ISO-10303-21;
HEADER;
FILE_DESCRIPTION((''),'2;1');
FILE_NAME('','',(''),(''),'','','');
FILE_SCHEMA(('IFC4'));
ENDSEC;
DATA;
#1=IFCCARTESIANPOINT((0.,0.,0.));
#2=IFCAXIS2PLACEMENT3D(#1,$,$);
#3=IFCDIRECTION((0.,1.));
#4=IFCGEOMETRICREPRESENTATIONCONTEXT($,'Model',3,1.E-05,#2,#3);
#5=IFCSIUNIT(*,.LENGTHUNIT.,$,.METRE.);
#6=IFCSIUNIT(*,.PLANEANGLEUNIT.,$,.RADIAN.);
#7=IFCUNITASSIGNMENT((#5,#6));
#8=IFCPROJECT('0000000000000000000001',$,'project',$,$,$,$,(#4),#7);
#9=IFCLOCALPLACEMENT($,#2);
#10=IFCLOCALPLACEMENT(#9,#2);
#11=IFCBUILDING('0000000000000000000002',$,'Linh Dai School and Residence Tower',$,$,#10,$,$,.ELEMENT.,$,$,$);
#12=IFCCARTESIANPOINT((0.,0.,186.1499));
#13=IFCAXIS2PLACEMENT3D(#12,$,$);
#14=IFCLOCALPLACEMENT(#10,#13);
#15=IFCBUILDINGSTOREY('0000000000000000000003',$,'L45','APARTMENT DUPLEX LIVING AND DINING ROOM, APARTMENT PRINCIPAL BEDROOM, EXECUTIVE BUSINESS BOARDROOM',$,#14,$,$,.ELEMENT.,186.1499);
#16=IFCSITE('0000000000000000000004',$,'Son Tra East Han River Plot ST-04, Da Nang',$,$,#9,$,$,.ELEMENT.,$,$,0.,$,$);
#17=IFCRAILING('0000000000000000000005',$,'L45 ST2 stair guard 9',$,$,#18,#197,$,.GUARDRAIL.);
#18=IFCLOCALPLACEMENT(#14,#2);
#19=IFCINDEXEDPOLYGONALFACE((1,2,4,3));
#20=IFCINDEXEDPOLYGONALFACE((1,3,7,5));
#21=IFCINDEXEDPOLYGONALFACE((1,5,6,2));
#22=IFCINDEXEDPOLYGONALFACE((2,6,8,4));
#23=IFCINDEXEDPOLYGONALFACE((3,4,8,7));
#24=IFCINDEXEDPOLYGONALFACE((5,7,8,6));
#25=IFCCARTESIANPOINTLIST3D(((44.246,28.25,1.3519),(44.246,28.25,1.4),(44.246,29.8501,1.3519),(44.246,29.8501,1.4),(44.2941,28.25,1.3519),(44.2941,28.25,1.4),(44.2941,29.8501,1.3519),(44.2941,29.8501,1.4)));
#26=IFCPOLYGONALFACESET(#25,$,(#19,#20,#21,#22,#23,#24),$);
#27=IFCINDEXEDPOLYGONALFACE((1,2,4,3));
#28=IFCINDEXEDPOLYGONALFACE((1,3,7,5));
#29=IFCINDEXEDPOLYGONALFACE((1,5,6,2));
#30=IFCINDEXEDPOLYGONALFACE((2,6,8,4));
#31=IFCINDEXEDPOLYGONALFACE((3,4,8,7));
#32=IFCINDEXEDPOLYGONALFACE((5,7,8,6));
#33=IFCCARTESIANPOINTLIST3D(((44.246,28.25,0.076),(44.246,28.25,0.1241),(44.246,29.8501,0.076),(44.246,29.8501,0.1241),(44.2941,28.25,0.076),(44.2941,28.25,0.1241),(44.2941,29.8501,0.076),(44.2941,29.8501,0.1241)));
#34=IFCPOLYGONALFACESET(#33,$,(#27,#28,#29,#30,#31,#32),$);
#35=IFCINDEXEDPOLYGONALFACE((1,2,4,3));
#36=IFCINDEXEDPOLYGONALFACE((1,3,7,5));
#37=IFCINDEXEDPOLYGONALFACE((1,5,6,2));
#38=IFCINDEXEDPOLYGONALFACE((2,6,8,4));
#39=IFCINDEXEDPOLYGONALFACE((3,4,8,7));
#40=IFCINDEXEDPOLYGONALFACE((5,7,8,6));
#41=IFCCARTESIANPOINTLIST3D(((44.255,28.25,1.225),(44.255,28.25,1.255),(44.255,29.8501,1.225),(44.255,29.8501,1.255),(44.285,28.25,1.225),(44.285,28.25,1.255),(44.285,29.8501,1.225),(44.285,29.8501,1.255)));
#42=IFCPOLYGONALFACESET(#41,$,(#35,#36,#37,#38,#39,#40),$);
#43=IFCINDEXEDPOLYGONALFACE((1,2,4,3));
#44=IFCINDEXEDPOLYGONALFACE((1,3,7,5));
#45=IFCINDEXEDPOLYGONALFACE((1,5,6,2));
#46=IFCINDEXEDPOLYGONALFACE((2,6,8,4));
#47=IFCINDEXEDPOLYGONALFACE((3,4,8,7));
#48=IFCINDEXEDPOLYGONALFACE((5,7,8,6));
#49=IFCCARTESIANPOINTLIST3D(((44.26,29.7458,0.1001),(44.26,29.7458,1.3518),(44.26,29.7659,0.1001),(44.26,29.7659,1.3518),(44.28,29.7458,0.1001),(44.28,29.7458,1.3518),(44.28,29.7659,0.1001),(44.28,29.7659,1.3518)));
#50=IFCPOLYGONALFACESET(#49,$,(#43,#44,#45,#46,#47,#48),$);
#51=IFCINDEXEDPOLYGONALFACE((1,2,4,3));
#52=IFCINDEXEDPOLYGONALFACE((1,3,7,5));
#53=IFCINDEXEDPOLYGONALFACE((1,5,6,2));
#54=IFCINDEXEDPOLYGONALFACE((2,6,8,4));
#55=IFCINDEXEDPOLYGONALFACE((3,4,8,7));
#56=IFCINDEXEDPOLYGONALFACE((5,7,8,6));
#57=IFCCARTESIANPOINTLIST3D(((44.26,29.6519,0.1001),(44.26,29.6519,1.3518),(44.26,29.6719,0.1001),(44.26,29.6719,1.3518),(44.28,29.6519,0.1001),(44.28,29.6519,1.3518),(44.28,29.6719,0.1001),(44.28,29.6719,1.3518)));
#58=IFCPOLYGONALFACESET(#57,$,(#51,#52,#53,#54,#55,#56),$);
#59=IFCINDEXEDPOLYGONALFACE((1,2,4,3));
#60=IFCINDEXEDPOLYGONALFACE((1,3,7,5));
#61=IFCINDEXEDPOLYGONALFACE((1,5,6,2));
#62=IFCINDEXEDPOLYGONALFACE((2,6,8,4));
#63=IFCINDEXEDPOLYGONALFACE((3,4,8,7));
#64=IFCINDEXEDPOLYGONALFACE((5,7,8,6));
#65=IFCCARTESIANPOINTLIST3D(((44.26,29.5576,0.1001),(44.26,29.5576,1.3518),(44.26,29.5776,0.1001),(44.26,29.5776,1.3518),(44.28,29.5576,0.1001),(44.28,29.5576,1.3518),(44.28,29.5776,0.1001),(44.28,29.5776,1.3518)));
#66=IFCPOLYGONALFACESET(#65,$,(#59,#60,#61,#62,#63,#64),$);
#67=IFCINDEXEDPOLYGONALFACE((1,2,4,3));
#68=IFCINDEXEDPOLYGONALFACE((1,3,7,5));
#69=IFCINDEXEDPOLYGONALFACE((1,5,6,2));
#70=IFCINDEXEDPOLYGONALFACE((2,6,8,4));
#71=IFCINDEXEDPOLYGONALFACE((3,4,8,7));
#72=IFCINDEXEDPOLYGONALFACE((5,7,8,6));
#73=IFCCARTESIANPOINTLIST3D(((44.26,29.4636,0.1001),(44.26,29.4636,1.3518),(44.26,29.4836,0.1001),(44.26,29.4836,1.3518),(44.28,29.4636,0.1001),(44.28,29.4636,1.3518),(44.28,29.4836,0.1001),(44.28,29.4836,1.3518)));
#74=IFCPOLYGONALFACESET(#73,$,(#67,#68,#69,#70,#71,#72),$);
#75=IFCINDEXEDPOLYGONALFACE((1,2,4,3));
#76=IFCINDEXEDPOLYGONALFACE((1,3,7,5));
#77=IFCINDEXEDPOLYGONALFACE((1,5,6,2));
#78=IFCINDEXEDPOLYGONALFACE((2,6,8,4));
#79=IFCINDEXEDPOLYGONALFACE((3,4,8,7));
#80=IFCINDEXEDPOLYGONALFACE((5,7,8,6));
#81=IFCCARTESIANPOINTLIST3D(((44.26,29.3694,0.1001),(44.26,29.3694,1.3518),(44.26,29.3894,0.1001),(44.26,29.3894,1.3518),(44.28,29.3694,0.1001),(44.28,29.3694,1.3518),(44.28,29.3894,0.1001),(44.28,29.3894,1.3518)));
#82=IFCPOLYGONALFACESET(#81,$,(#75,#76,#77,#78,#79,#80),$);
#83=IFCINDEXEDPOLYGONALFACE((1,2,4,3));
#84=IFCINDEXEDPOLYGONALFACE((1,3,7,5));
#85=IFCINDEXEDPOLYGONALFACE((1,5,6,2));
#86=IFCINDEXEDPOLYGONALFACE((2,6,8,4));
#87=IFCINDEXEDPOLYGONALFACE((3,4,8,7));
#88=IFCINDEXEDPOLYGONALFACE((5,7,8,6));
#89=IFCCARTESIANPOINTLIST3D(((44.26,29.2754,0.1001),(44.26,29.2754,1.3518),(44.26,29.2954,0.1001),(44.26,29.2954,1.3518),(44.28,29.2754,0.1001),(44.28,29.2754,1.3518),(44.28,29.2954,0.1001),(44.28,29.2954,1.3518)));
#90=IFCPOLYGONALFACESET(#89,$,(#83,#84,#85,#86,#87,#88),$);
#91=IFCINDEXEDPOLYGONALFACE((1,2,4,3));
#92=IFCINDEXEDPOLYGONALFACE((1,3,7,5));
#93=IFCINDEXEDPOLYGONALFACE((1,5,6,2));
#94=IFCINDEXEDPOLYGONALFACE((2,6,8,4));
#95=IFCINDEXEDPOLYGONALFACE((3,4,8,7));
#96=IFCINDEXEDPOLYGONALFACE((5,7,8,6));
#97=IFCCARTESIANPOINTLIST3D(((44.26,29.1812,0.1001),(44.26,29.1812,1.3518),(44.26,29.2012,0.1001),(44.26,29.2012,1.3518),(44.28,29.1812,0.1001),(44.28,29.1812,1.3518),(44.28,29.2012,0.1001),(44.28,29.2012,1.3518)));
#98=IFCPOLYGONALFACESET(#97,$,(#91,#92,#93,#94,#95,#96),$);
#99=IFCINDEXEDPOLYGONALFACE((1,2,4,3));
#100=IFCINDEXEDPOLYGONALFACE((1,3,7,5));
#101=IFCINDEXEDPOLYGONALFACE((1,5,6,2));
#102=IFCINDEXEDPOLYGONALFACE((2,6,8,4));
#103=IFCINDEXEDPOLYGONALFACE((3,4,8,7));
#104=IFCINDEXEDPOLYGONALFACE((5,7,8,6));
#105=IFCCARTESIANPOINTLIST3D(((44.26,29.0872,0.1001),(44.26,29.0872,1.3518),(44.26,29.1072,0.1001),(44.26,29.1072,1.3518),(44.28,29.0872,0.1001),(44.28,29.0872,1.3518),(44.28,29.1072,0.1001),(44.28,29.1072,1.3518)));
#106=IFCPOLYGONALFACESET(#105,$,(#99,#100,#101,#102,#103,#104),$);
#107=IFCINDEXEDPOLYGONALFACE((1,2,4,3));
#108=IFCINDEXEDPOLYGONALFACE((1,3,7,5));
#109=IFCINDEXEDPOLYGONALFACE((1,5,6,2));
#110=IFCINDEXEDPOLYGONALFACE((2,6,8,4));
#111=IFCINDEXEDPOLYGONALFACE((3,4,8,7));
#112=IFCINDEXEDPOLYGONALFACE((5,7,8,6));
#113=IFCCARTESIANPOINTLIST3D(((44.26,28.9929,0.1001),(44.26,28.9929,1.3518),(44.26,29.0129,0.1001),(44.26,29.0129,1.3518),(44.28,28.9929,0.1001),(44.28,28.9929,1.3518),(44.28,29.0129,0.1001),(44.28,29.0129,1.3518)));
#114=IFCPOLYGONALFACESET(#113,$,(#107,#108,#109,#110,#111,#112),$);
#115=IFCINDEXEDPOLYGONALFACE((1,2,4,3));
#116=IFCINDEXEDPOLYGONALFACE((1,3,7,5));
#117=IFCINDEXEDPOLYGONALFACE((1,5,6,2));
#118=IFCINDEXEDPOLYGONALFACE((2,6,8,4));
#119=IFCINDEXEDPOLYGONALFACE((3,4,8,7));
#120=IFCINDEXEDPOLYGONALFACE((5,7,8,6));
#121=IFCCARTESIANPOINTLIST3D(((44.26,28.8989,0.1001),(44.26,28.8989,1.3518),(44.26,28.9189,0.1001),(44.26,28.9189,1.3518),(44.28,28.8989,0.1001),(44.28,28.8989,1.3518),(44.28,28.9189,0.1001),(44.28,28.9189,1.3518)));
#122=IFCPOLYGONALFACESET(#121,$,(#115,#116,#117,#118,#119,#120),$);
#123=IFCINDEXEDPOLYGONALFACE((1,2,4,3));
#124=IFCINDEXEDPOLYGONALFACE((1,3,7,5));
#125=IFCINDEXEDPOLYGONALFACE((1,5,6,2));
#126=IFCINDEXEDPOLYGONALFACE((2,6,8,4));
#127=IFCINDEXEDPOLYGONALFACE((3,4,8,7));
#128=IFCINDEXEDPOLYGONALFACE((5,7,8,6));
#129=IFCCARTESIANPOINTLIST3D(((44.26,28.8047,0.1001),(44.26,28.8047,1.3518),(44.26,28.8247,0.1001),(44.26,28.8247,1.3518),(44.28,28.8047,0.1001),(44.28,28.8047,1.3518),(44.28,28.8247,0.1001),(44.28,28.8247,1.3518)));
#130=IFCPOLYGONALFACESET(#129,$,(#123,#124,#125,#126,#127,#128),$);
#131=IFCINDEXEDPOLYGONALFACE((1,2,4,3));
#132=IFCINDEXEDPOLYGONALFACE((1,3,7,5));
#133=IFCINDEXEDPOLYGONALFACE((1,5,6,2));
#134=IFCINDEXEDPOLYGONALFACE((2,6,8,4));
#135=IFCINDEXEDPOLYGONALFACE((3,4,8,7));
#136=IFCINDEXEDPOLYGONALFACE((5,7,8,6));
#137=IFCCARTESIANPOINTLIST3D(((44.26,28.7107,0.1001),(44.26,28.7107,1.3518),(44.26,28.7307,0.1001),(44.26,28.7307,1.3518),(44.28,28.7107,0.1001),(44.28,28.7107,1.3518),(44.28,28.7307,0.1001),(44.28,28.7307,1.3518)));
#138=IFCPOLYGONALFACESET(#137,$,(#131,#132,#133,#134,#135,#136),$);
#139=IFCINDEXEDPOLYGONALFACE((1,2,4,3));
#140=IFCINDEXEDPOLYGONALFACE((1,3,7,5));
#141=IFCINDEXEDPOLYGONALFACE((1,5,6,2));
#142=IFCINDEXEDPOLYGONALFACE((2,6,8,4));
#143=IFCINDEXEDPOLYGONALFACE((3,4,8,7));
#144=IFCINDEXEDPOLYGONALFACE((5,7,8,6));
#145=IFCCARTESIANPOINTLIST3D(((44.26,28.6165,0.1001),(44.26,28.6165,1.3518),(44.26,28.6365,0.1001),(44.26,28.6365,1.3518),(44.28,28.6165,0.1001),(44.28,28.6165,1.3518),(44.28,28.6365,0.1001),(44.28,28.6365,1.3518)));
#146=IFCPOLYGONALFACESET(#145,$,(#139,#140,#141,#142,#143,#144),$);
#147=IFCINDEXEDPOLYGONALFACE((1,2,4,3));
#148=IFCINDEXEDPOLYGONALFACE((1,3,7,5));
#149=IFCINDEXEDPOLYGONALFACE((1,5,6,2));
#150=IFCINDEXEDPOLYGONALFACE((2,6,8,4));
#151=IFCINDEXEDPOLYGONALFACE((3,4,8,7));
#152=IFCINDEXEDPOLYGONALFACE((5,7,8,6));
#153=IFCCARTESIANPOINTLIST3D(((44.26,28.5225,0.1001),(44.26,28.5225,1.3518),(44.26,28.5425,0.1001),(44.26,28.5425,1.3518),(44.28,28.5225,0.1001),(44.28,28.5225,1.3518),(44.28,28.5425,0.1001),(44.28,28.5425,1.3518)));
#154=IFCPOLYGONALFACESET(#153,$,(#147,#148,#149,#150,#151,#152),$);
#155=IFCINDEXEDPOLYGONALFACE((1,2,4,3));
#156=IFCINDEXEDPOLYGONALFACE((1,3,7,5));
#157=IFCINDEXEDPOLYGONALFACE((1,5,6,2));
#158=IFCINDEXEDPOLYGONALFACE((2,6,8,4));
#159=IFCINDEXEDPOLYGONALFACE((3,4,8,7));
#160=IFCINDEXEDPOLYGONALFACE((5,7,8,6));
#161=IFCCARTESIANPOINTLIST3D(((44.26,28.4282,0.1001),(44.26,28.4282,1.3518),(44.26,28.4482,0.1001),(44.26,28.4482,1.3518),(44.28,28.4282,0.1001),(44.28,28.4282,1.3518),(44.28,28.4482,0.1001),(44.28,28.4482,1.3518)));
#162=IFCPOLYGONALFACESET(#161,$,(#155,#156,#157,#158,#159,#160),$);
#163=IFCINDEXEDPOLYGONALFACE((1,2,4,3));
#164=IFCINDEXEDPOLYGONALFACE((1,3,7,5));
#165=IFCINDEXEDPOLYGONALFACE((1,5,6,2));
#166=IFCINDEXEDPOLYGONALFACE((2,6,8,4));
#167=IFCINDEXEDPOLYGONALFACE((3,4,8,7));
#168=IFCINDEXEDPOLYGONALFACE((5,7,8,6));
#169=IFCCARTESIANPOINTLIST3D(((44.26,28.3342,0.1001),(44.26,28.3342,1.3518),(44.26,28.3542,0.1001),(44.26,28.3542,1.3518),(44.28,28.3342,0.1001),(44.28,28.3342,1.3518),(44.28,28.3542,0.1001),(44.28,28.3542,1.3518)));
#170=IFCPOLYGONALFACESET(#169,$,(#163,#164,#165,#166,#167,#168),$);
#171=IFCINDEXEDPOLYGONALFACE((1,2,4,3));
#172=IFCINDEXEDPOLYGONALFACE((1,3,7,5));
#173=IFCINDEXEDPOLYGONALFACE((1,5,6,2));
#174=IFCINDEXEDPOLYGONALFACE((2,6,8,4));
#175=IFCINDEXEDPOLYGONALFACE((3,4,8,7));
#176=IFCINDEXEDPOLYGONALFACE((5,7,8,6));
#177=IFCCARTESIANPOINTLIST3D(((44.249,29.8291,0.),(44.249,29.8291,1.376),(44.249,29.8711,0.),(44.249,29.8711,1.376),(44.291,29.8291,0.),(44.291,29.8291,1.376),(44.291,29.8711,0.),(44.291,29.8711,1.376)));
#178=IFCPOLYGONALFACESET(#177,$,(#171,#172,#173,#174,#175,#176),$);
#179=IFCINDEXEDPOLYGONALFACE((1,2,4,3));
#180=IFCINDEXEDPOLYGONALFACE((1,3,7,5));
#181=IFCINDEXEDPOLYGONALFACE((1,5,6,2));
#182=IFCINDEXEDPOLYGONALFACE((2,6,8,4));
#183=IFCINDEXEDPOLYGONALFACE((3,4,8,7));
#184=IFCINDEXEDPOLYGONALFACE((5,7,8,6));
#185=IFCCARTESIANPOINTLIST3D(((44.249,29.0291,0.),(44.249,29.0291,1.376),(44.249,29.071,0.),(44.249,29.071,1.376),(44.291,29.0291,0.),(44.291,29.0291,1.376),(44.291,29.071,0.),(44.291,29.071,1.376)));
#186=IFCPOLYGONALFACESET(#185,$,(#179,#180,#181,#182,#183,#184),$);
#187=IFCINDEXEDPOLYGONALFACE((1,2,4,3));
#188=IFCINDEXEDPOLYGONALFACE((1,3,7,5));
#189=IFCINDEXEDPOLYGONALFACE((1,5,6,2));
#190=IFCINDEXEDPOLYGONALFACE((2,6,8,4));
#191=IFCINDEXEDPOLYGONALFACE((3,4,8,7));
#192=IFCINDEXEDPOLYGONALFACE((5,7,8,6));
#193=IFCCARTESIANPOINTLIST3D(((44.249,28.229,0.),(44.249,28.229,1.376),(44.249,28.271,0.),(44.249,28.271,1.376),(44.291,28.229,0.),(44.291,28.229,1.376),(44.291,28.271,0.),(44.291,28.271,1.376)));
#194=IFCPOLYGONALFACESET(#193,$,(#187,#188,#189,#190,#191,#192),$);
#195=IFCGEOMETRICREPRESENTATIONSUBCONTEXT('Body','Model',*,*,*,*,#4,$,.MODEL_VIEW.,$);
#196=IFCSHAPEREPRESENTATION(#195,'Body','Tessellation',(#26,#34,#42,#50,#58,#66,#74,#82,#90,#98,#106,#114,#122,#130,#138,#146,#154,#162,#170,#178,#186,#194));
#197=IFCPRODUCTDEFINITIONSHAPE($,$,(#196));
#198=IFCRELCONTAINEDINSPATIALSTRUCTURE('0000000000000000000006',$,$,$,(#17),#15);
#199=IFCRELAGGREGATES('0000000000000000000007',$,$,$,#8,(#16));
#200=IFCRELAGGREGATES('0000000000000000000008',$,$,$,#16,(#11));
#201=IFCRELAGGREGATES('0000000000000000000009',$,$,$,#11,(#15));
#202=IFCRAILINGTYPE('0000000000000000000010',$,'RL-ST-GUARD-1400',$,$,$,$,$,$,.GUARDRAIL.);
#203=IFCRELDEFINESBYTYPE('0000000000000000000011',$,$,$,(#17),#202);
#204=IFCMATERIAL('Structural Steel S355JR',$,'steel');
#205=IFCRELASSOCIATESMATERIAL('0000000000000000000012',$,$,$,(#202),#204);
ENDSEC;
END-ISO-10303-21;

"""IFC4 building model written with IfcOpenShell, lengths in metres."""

from ifc_helpers import new_model, si_unit, direction, frame, origin, origin_2d, place, context, subcontext, project, spatial, rectangle, extrude, source, transform, mapped, material, type_object, element, save


model = new_model("IFC4")

# Units and contexts
model_context = context("Model", 3, precision=1e-05, world=origin(), true_north=direction((0.0, 1.0)))
body_context = subcontext(model_context, "Body", "Model", "MODEL_VIEW")
ifc_project = project(units=[si_unit("LENGTHUNIT", "METRE"), si_unit("PLANEANGLEUNIT", "RADIAN")], contexts=[model_context])

# Site, building, storey
site_placement = place(None, origin())
site = spatial("IfcSite", under=ifc_project, at=site_placement, Name="Son Tra East Han River Plot ST-04, Da Nang", CompositionType="ELEMENT", RefElevation=0.0)
building_placement = place(site_placement, origin())
building = spatial("IfcBuilding", under=site, at=building_placement, Name="Linh Dai School and Residence Tower", CompositionType="ELEMENT")
storey_placement = place(building_placement, frame((0.0, 0.0, 186.1499)))
storey = spatial("IfcBuildingStorey", under=building, at=storey_placement, Name="L45", Description="APARTMENT DUPLEX LIVING AND DINING ROOM, APARTMENT PRINCIPAL BEDROOM, EXECUTIVE BUSINESS BOARDROOM", CompositionType="ELEMENT", Elevation=186.1499)

# Shared definitions
ifc_material_1 = material(Name="Structural Steel S355JR", Category="steel")

# Railing
railing_type_1 = type_object("IfcRailingType", Name="RL-ST-GUARD-1400", PredefinedType="GUARDRAIL", material=ifc_material_1)
shared_shape_1 = source(origin(), body_context, "Body", "SweptSolid", [
    extrude(rectangle(XDim=0.0481, YDim=0.0481, at=origin_2d()), frame((0.0, 0.0, 1.376), z_axis=(0.0, -1.0, 0.0), x_axis=(1.0, 0.0, 0.0)), (0.0, 0.0, 1.0), 1.6001),
    extrude(rectangle(XDim=0.0481, YDim=0.0481, at=origin_2d()), frame((0.0, 0.0, 0.1001), z_axis=(0.0, -1.0, 0.0), x_axis=(1.0, 0.0, 0.0)), (0.0, 0.0, 1.0), 1.6001),
    extrude(rectangle(XDim=0.03, YDim=0.03, at=origin_2d()), frame((0.0, 0.0, 1.24), z_axis=(0.0, -1.0, 0.0), x_axis=(1.0, 0.0, 0.0)), (0.0, 0.0, 1.0), 1.6001),
    extrude(rectangle(XDim=0.02, YDim=0.02, at=origin_2d()), frame((0.0, -0.0942, 0.1001)), (0.0, 0.0, 1.0), 1.2517),
    extrude(rectangle(XDim=0.02, YDim=0.02, at=origin_2d()), frame((0.0, -0.1882, 0.1001)), (0.0, 0.0, 1.0), 1.2517),
    extrude(rectangle(XDim=0.02, YDim=0.02, at=origin_2d()), frame((0.0, -0.2825, 0.1001)), (0.0, 0.0, 1.0), 1.2517),
    extrude(rectangle(XDim=0.02, YDim=0.02, at=origin_2d()), frame((0.0, -0.3765, 0.1001)), (0.0, 0.0, 1.0), 1.2517),
    extrude(rectangle(XDim=0.02, YDim=0.02, at=origin_2d()), frame((0.0, -0.4707, 0.1001)), (0.0, 0.0, 1.0), 1.2517),
    extrude(rectangle(XDim=0.02, YDim=0.02, at=origin_2d()), frame((0.0, -0.5647, 0.1001)), (0.0, 0.0, 1.0), 1.2517),
    extrude(rectangle(XDim=0.02, YDim=0.02, at=origin_2d()), frame((0.0, -0.6589, 0.1001)), (0.0, 0.0, 1.0), 1.2517),
    extrude(rectangle(XDim=0.02, YDim=0.02, at=origin_2d()), frame((0.0, -0.7529, 0.1001)), (0.0, 0.0, 1.0), 1.2517),
    extrude(rectangle(XDim=0.02, YDim=0.02, at=origin_2d()), frame((0.0, -0.8472, 0.1001)), (0.0, 0.0, 1.0), 1.2517),
    extrude(rectangle(XDim=0.02, YDim=0.02, at=origin_2d()), frame((0.0, -0.9412, 0.1001)), (0.0, 0.0, 1.0), 1.2517),
    extrude(rectangle(XDim=0.02, YDim=0.02, at=origin_2d()), frame((0.0, -1.0354, 0.1001)), (0.0, 0.0, 1.0), 1.2517),
    extrude(rectangle(XDim=0.02, YDim=0.02, at=origin_2d()), frame((0.0, -1.1294, 0.1001)), (0.0, 0.0, 1.0), 1.2517),
    extrude(rectangle(XDim=0.02, YDim=0.02, at=origin_2d()), frame((0.0, -1.2236, 0.1001)), (0.0, 0.0, 1.0), 1.2517),
    extrude(rectangle(XDim=0.02, YDim=0.02, at=origin_2d()), frame((0.0, -1.3176, 0.1001)), (0.0, 0.0, 1.0), 1.2517),
    extrude(rectangle(XDim=0.02, YDim=0.02, at=origin_2d()), frame((0.0, -1.4119, 0.1001)), (0.0, 0.0, 1.0), 1.2517),
    extrude(rectangle(XDim=0.02, YDim=0.02, at=origin_2d()), frame((0.0, -1.5059, 0.1001)), (0.0, 0.0, 1.0), 1.2517),
    extrude(rectangle(XDim=0.042, YDim=0.042, at=origin_2d()), origin(), (0.0, 0.0, 1.0), 1.376),
    extrude(rectangle(XDim=0.042, YDim=0.042, at=origin_2d()), frame((0.0, -0.8, 0.0)), (0.0, 0.0, 1.0), 1.376),
    extrude(rectangle(XDim=0.042, YDim=0.042, at=origin_2d()), frame((0.0, -1.6001, 0.0)), (0.0, 0.0, 1.0), 1.376),
])
for number, where, name in (
    (1, (44.27, 29.8501, 0.0), "L45 ST2 stair guard 9"),
):
    element("IfcRailing", number, at=place(storey_placement, frame(where)), inside=storey, type_object=railing_type_1, Name=name, PredefinedType="GUARDRAIL", context=body_context, shape_type="MappedRepresentation", body=[
        mapped(shared_shape_1, transform((0.0, 0.0, 0.0), x_axis=(1.0, 0.0, 0.0), y_axis=(0.0, 1.0, 0.0), z_axis=(0.0, 0.0, 1.0), scale=1.0)),
    ])

save(model, "model.ifc")
